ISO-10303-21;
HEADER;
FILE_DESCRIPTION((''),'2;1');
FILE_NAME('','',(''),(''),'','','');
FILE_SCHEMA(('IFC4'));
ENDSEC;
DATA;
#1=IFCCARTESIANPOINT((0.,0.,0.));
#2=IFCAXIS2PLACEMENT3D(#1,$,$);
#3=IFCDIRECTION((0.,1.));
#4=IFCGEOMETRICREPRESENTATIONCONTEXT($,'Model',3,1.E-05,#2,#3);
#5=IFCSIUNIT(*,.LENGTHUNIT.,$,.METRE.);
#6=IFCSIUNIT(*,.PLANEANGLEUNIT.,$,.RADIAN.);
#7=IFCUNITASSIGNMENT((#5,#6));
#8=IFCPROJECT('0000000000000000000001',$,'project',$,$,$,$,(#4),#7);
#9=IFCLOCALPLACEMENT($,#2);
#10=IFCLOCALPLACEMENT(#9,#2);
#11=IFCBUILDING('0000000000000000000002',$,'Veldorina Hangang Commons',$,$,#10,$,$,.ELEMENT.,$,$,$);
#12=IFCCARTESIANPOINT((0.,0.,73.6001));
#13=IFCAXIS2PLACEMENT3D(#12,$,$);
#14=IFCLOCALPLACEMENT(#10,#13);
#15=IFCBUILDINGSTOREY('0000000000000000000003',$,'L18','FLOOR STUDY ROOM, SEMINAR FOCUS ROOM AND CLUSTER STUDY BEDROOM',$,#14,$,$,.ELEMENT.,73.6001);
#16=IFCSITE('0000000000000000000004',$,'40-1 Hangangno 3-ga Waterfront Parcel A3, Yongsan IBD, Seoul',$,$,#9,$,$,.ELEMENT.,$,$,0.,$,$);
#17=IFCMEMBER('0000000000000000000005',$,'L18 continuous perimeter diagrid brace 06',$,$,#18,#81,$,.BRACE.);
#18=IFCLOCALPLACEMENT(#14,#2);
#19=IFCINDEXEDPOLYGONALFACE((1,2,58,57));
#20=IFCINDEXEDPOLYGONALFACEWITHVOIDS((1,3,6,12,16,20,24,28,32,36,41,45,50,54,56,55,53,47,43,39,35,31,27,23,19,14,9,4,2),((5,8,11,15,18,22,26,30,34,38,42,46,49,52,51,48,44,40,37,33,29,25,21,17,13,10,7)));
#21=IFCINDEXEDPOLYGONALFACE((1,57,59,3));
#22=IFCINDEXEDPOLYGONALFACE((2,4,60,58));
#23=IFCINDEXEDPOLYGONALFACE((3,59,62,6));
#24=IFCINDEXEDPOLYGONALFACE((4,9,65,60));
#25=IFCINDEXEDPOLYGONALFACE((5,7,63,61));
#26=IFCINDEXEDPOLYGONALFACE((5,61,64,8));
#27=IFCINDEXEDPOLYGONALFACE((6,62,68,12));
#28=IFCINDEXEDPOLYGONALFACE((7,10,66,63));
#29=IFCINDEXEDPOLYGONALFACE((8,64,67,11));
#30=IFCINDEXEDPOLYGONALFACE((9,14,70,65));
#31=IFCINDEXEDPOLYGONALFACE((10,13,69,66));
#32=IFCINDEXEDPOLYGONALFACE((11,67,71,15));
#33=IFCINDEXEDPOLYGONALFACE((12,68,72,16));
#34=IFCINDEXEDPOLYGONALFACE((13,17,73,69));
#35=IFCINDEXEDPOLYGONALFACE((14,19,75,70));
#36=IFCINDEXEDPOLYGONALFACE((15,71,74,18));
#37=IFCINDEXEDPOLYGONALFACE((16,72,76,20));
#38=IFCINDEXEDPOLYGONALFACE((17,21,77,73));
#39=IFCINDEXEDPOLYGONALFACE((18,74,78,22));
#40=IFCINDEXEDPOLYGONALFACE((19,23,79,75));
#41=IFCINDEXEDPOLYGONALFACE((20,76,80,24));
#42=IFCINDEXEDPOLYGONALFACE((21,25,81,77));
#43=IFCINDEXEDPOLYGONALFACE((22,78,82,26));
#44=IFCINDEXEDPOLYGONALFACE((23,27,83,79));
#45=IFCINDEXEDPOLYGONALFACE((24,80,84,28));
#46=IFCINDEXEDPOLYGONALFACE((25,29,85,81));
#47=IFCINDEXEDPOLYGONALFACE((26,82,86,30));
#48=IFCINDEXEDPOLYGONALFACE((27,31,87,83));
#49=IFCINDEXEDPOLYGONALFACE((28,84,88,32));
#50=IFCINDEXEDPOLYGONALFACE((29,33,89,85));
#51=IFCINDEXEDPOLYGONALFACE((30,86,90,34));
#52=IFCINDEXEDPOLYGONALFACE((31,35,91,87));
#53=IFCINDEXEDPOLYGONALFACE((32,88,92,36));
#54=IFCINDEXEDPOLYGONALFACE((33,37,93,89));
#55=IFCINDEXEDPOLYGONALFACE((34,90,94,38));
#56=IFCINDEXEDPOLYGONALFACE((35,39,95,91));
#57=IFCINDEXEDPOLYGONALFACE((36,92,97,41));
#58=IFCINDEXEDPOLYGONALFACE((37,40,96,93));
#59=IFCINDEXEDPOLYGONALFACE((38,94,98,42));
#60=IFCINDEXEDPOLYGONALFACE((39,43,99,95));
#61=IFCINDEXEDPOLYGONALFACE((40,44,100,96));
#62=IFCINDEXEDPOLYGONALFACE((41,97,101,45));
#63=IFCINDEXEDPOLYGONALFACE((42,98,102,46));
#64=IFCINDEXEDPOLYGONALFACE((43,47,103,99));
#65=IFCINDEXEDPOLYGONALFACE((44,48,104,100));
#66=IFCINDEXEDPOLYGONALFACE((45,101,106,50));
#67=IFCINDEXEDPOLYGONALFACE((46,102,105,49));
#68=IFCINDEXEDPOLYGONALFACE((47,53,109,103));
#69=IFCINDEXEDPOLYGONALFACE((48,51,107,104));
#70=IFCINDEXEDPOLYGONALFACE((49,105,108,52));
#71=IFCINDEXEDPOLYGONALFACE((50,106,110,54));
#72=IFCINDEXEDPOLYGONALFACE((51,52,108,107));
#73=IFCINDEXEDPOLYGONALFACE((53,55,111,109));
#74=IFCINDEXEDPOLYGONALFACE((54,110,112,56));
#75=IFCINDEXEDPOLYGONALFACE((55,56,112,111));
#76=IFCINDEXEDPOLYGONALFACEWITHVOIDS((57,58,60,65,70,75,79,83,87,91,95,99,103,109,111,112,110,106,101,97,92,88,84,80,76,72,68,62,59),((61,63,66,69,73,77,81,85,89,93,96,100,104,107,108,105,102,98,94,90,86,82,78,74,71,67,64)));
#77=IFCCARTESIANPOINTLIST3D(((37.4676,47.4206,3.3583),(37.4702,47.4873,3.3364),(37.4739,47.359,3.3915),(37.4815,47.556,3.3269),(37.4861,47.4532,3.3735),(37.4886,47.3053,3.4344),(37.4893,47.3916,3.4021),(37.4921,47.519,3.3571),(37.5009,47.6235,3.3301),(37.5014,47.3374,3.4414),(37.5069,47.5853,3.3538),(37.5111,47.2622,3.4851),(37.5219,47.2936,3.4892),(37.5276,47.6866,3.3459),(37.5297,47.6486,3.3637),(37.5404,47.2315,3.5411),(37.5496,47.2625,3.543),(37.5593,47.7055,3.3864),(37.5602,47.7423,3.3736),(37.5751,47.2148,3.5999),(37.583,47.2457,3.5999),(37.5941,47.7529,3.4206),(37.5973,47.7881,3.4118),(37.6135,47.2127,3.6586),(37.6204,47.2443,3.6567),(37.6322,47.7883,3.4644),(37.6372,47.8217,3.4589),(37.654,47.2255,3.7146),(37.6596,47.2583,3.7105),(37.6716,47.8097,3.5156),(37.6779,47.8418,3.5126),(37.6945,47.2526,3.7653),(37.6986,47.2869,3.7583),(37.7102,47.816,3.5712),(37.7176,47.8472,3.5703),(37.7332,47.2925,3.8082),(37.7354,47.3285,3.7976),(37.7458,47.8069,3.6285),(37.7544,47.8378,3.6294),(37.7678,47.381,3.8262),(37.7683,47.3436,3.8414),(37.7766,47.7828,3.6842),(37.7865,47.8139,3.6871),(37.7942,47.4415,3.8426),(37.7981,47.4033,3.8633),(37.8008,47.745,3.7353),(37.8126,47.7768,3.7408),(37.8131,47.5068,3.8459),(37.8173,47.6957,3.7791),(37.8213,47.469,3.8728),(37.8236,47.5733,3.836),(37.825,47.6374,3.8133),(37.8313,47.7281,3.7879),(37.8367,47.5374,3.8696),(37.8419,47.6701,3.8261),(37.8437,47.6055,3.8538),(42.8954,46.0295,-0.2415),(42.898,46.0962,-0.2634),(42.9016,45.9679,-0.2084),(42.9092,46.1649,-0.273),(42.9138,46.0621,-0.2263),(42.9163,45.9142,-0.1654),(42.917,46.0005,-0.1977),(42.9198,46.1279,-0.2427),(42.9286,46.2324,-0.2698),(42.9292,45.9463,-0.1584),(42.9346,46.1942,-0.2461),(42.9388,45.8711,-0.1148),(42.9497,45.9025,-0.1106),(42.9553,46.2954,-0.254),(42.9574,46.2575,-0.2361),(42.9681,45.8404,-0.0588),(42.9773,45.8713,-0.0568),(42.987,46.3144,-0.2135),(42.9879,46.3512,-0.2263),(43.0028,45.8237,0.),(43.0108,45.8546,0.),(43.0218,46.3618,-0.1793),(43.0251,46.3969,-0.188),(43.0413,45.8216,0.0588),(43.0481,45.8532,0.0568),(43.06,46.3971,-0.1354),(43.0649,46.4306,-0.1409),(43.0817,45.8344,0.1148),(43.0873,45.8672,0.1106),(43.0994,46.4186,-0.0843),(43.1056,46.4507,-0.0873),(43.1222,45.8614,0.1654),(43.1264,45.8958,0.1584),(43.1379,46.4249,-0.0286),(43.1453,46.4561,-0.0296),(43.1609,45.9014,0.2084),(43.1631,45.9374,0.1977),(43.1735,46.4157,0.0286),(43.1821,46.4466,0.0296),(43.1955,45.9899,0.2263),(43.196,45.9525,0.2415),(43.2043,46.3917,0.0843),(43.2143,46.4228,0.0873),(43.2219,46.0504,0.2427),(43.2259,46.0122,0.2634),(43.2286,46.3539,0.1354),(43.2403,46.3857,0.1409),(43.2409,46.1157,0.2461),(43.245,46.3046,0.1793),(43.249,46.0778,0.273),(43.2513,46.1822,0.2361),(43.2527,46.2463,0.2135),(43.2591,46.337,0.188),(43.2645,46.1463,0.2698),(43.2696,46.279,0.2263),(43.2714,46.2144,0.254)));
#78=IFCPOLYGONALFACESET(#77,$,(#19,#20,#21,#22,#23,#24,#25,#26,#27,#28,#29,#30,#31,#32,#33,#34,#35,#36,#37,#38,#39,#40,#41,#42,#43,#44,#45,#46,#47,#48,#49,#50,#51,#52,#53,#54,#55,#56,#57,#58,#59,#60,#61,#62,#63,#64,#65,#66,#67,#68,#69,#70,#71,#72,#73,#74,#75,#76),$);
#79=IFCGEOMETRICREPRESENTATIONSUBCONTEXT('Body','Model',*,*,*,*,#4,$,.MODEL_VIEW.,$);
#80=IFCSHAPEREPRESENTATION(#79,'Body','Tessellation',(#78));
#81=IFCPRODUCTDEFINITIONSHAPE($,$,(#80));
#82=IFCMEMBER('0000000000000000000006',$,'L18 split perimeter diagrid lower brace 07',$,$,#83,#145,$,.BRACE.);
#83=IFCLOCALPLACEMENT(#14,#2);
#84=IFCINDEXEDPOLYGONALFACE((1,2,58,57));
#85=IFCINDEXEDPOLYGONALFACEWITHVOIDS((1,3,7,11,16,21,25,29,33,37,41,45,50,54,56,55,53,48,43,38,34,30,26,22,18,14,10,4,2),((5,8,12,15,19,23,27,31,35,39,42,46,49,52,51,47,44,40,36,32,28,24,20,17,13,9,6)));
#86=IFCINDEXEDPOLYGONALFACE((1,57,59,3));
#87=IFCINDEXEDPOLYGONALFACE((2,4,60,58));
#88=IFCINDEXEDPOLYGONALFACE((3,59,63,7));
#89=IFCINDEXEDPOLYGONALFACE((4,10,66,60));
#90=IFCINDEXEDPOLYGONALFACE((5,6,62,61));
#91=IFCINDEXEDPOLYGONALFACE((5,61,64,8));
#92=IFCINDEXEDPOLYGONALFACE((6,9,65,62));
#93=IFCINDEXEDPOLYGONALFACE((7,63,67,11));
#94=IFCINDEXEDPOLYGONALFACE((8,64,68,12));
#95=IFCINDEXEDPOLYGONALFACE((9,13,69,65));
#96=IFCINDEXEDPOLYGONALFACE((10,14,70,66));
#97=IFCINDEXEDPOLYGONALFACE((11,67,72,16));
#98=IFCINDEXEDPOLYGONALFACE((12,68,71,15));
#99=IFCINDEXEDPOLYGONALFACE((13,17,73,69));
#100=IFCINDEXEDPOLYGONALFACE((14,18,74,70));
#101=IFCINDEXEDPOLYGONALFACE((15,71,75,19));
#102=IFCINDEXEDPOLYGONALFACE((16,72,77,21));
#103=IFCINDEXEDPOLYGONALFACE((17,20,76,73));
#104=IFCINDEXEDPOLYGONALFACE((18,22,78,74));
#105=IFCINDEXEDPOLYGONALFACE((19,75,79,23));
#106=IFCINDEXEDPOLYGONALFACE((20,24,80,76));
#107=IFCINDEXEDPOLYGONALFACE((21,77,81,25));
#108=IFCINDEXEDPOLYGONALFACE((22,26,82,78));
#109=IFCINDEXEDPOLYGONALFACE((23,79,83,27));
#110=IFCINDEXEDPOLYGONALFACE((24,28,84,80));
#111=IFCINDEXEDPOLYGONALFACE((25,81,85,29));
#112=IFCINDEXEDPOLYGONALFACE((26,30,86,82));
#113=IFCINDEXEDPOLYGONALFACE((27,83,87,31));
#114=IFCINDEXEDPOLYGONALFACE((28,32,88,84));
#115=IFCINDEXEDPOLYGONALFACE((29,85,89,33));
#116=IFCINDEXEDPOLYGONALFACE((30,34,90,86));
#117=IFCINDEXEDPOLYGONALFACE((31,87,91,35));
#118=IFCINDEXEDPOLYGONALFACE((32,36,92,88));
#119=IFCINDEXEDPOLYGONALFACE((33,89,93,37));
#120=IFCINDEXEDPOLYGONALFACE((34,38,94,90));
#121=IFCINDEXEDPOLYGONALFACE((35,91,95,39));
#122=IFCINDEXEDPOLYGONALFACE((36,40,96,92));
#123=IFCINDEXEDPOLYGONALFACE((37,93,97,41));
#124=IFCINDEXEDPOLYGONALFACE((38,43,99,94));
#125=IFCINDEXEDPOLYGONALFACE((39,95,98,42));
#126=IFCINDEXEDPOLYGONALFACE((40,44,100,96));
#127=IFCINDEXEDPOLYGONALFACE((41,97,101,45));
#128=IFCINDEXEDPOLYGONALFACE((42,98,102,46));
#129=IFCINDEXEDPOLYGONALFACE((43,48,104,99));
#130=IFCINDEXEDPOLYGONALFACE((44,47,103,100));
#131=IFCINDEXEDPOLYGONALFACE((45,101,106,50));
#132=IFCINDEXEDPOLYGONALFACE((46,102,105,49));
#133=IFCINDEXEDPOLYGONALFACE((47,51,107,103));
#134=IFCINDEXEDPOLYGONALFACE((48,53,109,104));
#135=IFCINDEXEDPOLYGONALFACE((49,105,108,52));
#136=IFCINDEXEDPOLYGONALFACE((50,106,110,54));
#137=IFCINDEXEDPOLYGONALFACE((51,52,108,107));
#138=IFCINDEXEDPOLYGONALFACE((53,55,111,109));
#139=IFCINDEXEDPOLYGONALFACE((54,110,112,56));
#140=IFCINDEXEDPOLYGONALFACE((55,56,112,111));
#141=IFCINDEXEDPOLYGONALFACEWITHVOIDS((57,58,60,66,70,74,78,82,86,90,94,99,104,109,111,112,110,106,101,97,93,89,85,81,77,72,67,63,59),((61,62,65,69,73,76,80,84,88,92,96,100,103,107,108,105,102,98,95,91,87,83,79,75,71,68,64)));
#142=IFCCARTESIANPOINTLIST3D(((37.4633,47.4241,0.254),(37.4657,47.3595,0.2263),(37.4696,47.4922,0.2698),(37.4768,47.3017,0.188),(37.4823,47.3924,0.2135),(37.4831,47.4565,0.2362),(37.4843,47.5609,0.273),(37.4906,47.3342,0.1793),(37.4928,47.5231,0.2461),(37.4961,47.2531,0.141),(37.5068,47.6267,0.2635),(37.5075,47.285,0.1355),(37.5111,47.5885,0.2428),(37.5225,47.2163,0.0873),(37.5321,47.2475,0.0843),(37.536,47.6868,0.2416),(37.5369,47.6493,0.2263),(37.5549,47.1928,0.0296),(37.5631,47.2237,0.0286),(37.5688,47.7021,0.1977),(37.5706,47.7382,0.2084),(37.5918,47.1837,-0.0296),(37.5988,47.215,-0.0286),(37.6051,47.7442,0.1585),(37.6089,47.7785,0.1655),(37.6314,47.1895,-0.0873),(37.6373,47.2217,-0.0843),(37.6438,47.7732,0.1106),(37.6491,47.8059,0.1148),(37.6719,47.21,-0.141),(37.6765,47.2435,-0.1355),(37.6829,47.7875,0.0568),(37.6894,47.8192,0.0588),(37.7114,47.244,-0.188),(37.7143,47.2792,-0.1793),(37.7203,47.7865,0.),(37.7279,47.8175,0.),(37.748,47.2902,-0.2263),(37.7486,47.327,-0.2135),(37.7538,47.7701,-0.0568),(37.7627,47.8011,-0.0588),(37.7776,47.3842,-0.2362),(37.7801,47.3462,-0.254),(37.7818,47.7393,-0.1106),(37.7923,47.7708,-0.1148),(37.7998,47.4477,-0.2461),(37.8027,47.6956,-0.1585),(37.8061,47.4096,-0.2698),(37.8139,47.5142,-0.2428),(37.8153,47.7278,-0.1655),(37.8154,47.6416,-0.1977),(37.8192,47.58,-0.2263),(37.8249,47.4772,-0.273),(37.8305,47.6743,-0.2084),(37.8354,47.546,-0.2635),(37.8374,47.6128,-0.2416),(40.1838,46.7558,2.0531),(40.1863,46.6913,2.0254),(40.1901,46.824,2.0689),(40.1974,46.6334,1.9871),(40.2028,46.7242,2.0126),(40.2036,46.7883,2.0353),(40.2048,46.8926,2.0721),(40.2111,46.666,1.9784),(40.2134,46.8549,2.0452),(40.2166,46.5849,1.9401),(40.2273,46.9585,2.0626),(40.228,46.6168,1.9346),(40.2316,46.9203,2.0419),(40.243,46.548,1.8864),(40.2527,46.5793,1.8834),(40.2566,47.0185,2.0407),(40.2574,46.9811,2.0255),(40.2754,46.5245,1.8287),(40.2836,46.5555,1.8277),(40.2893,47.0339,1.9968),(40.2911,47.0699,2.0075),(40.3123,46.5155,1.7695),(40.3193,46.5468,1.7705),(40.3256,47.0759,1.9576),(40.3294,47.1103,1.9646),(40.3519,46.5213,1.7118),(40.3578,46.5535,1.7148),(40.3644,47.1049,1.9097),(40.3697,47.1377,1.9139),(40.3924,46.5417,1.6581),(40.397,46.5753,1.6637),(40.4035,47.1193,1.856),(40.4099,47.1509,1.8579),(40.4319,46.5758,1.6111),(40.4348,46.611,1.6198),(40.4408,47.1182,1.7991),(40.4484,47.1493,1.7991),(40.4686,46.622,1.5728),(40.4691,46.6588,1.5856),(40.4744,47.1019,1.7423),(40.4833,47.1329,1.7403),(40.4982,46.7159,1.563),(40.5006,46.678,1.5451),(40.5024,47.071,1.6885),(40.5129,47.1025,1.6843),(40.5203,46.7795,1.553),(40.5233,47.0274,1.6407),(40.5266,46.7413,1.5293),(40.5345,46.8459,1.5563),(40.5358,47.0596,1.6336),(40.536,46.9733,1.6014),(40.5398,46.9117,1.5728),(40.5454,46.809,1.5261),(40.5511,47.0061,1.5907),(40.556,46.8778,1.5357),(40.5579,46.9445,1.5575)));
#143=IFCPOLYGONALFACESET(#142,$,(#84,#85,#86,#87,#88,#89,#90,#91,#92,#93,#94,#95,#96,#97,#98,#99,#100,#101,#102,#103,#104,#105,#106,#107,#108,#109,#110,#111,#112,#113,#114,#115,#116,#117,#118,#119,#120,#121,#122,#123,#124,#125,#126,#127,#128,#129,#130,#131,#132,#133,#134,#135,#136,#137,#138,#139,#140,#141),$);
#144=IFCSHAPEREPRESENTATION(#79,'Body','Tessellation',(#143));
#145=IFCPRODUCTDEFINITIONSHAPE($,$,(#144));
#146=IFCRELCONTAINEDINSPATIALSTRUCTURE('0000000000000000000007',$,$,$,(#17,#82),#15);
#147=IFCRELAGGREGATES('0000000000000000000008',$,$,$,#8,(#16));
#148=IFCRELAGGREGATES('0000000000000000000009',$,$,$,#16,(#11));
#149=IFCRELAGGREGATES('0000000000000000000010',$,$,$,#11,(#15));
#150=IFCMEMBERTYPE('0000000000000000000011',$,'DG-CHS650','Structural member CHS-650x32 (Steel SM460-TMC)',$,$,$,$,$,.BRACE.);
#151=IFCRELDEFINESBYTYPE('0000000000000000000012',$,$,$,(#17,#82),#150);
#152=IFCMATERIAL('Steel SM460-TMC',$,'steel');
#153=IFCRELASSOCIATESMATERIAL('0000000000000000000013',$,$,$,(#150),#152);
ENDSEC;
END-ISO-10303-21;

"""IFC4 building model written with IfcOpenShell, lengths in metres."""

from ifc_helpers import new_model, si_unit, direction, frame, origin, origin_2d, place, context, subcontext, project, spatial, hollow_circle, extrude, material, material_profile, profile_set, type_object, element, save


model = new_model("IFC4")

# Units and contexts
model_context = context("Model", 3, precision=1e-05, world=origin(), true_north=direction((0.0, 1.0)))
body_context = subcontext(model_context, "Body", "Model", "MODEL_VIEW")
ifc_project = project(units=[si_unit("LENGTHUNIT", "METRE"), si_unit("PLANEANGLEUNIT", "RADIAN")], contexts=[model_context])

# Site, building, storey
site_placement = place(None, origin())
site = spatial("IfcSite", under=ifc_project, at=site_placement, Name="40-1 Hangangno 3-ga Waterfront Parcel A3, Yongsan IBD, Seoul", CompositionType="ELEMENT", RefElevation=0.0)
building_placement = place(site_placement, origin())
building = spatial("IfcBuilding", under=site, at=building_placement, Name="Veldorina Hangang Commons", CompositionType="ELEMENT")
storey_placement = place(building_placement, frame((0.0, 0.0, 73.6001)))
storey = spatial("IfcBuildingStorey", under=building, at=storey_placement, Name="L18", Description="FLOOR STUDY ROOM, SEMINAR FOCUS ROOM AND CLUSTER STUDY BEDROOM", CompositionType="ELEMENT", Elevation=73.6001)

# Members
ifc_material_1 = material(Name="Steel SM460-TMC", Category="steel")
ifc_material_profile_1 = material_profile(ifc_material_1, hollow_circle(Radius=0.325, WallThickness=0.032, at=origin_2d()), Name="CHS-650x32")
ifc_profile_set_1 = profile_set([ifc_material_profile_1], Name="Steel SM460-TMC")
member_type = type_object("IfcMemberType", Name="DG-CHS650", Description="Structural member CHS-650x32 (Steel SM460-TMC)", PredefinedType="BRACE", material=ifc_profile_set_1)
member_1_placement = place(storey_placement, frame((43.0835, 46.1384, 0.0), z_axis=(-0.814986, 0.208879, 0.540526), x_axis=(-0.248273, -0.96869, 0.0)))
element("IfcMember", 1, at=member_1_placement, inside=storey, type_object=member_type, Name="L18 continuous perimeter diagrid brace 06", PredefinedType="BRACE", context=body_context, shape_type="SweptSolid", body=[
    extrude(hollow_circle(Radius=0.325, WallThickness=0.032, at=origin_2d()), origin(), (0.0, 0.0, 1.0), 6.6599),
])
member_2_placement = place(storey_placement, frame((37.6504, 47.502, 0.0), z_axis=(0.817133, -0.200708, 0.54038), x_axis=(0.238535, 0.971134, 0.0)))
element("IfcMember", 2, at=member_2_placement, inside=storey, type_object=member_type, Name="L18 split perimeter diagrid lower brace 07", PredefinedType="BRACE", context=body_context, shape_type="SweptSolid", body=[
    extrude(hollow_circle(Radius=0.325, WallThickness=0.032, at=origin_2d()), origin(), (0.0, 0.0, 1.0), 3.3293),
])

save(model, "model.ifc")
